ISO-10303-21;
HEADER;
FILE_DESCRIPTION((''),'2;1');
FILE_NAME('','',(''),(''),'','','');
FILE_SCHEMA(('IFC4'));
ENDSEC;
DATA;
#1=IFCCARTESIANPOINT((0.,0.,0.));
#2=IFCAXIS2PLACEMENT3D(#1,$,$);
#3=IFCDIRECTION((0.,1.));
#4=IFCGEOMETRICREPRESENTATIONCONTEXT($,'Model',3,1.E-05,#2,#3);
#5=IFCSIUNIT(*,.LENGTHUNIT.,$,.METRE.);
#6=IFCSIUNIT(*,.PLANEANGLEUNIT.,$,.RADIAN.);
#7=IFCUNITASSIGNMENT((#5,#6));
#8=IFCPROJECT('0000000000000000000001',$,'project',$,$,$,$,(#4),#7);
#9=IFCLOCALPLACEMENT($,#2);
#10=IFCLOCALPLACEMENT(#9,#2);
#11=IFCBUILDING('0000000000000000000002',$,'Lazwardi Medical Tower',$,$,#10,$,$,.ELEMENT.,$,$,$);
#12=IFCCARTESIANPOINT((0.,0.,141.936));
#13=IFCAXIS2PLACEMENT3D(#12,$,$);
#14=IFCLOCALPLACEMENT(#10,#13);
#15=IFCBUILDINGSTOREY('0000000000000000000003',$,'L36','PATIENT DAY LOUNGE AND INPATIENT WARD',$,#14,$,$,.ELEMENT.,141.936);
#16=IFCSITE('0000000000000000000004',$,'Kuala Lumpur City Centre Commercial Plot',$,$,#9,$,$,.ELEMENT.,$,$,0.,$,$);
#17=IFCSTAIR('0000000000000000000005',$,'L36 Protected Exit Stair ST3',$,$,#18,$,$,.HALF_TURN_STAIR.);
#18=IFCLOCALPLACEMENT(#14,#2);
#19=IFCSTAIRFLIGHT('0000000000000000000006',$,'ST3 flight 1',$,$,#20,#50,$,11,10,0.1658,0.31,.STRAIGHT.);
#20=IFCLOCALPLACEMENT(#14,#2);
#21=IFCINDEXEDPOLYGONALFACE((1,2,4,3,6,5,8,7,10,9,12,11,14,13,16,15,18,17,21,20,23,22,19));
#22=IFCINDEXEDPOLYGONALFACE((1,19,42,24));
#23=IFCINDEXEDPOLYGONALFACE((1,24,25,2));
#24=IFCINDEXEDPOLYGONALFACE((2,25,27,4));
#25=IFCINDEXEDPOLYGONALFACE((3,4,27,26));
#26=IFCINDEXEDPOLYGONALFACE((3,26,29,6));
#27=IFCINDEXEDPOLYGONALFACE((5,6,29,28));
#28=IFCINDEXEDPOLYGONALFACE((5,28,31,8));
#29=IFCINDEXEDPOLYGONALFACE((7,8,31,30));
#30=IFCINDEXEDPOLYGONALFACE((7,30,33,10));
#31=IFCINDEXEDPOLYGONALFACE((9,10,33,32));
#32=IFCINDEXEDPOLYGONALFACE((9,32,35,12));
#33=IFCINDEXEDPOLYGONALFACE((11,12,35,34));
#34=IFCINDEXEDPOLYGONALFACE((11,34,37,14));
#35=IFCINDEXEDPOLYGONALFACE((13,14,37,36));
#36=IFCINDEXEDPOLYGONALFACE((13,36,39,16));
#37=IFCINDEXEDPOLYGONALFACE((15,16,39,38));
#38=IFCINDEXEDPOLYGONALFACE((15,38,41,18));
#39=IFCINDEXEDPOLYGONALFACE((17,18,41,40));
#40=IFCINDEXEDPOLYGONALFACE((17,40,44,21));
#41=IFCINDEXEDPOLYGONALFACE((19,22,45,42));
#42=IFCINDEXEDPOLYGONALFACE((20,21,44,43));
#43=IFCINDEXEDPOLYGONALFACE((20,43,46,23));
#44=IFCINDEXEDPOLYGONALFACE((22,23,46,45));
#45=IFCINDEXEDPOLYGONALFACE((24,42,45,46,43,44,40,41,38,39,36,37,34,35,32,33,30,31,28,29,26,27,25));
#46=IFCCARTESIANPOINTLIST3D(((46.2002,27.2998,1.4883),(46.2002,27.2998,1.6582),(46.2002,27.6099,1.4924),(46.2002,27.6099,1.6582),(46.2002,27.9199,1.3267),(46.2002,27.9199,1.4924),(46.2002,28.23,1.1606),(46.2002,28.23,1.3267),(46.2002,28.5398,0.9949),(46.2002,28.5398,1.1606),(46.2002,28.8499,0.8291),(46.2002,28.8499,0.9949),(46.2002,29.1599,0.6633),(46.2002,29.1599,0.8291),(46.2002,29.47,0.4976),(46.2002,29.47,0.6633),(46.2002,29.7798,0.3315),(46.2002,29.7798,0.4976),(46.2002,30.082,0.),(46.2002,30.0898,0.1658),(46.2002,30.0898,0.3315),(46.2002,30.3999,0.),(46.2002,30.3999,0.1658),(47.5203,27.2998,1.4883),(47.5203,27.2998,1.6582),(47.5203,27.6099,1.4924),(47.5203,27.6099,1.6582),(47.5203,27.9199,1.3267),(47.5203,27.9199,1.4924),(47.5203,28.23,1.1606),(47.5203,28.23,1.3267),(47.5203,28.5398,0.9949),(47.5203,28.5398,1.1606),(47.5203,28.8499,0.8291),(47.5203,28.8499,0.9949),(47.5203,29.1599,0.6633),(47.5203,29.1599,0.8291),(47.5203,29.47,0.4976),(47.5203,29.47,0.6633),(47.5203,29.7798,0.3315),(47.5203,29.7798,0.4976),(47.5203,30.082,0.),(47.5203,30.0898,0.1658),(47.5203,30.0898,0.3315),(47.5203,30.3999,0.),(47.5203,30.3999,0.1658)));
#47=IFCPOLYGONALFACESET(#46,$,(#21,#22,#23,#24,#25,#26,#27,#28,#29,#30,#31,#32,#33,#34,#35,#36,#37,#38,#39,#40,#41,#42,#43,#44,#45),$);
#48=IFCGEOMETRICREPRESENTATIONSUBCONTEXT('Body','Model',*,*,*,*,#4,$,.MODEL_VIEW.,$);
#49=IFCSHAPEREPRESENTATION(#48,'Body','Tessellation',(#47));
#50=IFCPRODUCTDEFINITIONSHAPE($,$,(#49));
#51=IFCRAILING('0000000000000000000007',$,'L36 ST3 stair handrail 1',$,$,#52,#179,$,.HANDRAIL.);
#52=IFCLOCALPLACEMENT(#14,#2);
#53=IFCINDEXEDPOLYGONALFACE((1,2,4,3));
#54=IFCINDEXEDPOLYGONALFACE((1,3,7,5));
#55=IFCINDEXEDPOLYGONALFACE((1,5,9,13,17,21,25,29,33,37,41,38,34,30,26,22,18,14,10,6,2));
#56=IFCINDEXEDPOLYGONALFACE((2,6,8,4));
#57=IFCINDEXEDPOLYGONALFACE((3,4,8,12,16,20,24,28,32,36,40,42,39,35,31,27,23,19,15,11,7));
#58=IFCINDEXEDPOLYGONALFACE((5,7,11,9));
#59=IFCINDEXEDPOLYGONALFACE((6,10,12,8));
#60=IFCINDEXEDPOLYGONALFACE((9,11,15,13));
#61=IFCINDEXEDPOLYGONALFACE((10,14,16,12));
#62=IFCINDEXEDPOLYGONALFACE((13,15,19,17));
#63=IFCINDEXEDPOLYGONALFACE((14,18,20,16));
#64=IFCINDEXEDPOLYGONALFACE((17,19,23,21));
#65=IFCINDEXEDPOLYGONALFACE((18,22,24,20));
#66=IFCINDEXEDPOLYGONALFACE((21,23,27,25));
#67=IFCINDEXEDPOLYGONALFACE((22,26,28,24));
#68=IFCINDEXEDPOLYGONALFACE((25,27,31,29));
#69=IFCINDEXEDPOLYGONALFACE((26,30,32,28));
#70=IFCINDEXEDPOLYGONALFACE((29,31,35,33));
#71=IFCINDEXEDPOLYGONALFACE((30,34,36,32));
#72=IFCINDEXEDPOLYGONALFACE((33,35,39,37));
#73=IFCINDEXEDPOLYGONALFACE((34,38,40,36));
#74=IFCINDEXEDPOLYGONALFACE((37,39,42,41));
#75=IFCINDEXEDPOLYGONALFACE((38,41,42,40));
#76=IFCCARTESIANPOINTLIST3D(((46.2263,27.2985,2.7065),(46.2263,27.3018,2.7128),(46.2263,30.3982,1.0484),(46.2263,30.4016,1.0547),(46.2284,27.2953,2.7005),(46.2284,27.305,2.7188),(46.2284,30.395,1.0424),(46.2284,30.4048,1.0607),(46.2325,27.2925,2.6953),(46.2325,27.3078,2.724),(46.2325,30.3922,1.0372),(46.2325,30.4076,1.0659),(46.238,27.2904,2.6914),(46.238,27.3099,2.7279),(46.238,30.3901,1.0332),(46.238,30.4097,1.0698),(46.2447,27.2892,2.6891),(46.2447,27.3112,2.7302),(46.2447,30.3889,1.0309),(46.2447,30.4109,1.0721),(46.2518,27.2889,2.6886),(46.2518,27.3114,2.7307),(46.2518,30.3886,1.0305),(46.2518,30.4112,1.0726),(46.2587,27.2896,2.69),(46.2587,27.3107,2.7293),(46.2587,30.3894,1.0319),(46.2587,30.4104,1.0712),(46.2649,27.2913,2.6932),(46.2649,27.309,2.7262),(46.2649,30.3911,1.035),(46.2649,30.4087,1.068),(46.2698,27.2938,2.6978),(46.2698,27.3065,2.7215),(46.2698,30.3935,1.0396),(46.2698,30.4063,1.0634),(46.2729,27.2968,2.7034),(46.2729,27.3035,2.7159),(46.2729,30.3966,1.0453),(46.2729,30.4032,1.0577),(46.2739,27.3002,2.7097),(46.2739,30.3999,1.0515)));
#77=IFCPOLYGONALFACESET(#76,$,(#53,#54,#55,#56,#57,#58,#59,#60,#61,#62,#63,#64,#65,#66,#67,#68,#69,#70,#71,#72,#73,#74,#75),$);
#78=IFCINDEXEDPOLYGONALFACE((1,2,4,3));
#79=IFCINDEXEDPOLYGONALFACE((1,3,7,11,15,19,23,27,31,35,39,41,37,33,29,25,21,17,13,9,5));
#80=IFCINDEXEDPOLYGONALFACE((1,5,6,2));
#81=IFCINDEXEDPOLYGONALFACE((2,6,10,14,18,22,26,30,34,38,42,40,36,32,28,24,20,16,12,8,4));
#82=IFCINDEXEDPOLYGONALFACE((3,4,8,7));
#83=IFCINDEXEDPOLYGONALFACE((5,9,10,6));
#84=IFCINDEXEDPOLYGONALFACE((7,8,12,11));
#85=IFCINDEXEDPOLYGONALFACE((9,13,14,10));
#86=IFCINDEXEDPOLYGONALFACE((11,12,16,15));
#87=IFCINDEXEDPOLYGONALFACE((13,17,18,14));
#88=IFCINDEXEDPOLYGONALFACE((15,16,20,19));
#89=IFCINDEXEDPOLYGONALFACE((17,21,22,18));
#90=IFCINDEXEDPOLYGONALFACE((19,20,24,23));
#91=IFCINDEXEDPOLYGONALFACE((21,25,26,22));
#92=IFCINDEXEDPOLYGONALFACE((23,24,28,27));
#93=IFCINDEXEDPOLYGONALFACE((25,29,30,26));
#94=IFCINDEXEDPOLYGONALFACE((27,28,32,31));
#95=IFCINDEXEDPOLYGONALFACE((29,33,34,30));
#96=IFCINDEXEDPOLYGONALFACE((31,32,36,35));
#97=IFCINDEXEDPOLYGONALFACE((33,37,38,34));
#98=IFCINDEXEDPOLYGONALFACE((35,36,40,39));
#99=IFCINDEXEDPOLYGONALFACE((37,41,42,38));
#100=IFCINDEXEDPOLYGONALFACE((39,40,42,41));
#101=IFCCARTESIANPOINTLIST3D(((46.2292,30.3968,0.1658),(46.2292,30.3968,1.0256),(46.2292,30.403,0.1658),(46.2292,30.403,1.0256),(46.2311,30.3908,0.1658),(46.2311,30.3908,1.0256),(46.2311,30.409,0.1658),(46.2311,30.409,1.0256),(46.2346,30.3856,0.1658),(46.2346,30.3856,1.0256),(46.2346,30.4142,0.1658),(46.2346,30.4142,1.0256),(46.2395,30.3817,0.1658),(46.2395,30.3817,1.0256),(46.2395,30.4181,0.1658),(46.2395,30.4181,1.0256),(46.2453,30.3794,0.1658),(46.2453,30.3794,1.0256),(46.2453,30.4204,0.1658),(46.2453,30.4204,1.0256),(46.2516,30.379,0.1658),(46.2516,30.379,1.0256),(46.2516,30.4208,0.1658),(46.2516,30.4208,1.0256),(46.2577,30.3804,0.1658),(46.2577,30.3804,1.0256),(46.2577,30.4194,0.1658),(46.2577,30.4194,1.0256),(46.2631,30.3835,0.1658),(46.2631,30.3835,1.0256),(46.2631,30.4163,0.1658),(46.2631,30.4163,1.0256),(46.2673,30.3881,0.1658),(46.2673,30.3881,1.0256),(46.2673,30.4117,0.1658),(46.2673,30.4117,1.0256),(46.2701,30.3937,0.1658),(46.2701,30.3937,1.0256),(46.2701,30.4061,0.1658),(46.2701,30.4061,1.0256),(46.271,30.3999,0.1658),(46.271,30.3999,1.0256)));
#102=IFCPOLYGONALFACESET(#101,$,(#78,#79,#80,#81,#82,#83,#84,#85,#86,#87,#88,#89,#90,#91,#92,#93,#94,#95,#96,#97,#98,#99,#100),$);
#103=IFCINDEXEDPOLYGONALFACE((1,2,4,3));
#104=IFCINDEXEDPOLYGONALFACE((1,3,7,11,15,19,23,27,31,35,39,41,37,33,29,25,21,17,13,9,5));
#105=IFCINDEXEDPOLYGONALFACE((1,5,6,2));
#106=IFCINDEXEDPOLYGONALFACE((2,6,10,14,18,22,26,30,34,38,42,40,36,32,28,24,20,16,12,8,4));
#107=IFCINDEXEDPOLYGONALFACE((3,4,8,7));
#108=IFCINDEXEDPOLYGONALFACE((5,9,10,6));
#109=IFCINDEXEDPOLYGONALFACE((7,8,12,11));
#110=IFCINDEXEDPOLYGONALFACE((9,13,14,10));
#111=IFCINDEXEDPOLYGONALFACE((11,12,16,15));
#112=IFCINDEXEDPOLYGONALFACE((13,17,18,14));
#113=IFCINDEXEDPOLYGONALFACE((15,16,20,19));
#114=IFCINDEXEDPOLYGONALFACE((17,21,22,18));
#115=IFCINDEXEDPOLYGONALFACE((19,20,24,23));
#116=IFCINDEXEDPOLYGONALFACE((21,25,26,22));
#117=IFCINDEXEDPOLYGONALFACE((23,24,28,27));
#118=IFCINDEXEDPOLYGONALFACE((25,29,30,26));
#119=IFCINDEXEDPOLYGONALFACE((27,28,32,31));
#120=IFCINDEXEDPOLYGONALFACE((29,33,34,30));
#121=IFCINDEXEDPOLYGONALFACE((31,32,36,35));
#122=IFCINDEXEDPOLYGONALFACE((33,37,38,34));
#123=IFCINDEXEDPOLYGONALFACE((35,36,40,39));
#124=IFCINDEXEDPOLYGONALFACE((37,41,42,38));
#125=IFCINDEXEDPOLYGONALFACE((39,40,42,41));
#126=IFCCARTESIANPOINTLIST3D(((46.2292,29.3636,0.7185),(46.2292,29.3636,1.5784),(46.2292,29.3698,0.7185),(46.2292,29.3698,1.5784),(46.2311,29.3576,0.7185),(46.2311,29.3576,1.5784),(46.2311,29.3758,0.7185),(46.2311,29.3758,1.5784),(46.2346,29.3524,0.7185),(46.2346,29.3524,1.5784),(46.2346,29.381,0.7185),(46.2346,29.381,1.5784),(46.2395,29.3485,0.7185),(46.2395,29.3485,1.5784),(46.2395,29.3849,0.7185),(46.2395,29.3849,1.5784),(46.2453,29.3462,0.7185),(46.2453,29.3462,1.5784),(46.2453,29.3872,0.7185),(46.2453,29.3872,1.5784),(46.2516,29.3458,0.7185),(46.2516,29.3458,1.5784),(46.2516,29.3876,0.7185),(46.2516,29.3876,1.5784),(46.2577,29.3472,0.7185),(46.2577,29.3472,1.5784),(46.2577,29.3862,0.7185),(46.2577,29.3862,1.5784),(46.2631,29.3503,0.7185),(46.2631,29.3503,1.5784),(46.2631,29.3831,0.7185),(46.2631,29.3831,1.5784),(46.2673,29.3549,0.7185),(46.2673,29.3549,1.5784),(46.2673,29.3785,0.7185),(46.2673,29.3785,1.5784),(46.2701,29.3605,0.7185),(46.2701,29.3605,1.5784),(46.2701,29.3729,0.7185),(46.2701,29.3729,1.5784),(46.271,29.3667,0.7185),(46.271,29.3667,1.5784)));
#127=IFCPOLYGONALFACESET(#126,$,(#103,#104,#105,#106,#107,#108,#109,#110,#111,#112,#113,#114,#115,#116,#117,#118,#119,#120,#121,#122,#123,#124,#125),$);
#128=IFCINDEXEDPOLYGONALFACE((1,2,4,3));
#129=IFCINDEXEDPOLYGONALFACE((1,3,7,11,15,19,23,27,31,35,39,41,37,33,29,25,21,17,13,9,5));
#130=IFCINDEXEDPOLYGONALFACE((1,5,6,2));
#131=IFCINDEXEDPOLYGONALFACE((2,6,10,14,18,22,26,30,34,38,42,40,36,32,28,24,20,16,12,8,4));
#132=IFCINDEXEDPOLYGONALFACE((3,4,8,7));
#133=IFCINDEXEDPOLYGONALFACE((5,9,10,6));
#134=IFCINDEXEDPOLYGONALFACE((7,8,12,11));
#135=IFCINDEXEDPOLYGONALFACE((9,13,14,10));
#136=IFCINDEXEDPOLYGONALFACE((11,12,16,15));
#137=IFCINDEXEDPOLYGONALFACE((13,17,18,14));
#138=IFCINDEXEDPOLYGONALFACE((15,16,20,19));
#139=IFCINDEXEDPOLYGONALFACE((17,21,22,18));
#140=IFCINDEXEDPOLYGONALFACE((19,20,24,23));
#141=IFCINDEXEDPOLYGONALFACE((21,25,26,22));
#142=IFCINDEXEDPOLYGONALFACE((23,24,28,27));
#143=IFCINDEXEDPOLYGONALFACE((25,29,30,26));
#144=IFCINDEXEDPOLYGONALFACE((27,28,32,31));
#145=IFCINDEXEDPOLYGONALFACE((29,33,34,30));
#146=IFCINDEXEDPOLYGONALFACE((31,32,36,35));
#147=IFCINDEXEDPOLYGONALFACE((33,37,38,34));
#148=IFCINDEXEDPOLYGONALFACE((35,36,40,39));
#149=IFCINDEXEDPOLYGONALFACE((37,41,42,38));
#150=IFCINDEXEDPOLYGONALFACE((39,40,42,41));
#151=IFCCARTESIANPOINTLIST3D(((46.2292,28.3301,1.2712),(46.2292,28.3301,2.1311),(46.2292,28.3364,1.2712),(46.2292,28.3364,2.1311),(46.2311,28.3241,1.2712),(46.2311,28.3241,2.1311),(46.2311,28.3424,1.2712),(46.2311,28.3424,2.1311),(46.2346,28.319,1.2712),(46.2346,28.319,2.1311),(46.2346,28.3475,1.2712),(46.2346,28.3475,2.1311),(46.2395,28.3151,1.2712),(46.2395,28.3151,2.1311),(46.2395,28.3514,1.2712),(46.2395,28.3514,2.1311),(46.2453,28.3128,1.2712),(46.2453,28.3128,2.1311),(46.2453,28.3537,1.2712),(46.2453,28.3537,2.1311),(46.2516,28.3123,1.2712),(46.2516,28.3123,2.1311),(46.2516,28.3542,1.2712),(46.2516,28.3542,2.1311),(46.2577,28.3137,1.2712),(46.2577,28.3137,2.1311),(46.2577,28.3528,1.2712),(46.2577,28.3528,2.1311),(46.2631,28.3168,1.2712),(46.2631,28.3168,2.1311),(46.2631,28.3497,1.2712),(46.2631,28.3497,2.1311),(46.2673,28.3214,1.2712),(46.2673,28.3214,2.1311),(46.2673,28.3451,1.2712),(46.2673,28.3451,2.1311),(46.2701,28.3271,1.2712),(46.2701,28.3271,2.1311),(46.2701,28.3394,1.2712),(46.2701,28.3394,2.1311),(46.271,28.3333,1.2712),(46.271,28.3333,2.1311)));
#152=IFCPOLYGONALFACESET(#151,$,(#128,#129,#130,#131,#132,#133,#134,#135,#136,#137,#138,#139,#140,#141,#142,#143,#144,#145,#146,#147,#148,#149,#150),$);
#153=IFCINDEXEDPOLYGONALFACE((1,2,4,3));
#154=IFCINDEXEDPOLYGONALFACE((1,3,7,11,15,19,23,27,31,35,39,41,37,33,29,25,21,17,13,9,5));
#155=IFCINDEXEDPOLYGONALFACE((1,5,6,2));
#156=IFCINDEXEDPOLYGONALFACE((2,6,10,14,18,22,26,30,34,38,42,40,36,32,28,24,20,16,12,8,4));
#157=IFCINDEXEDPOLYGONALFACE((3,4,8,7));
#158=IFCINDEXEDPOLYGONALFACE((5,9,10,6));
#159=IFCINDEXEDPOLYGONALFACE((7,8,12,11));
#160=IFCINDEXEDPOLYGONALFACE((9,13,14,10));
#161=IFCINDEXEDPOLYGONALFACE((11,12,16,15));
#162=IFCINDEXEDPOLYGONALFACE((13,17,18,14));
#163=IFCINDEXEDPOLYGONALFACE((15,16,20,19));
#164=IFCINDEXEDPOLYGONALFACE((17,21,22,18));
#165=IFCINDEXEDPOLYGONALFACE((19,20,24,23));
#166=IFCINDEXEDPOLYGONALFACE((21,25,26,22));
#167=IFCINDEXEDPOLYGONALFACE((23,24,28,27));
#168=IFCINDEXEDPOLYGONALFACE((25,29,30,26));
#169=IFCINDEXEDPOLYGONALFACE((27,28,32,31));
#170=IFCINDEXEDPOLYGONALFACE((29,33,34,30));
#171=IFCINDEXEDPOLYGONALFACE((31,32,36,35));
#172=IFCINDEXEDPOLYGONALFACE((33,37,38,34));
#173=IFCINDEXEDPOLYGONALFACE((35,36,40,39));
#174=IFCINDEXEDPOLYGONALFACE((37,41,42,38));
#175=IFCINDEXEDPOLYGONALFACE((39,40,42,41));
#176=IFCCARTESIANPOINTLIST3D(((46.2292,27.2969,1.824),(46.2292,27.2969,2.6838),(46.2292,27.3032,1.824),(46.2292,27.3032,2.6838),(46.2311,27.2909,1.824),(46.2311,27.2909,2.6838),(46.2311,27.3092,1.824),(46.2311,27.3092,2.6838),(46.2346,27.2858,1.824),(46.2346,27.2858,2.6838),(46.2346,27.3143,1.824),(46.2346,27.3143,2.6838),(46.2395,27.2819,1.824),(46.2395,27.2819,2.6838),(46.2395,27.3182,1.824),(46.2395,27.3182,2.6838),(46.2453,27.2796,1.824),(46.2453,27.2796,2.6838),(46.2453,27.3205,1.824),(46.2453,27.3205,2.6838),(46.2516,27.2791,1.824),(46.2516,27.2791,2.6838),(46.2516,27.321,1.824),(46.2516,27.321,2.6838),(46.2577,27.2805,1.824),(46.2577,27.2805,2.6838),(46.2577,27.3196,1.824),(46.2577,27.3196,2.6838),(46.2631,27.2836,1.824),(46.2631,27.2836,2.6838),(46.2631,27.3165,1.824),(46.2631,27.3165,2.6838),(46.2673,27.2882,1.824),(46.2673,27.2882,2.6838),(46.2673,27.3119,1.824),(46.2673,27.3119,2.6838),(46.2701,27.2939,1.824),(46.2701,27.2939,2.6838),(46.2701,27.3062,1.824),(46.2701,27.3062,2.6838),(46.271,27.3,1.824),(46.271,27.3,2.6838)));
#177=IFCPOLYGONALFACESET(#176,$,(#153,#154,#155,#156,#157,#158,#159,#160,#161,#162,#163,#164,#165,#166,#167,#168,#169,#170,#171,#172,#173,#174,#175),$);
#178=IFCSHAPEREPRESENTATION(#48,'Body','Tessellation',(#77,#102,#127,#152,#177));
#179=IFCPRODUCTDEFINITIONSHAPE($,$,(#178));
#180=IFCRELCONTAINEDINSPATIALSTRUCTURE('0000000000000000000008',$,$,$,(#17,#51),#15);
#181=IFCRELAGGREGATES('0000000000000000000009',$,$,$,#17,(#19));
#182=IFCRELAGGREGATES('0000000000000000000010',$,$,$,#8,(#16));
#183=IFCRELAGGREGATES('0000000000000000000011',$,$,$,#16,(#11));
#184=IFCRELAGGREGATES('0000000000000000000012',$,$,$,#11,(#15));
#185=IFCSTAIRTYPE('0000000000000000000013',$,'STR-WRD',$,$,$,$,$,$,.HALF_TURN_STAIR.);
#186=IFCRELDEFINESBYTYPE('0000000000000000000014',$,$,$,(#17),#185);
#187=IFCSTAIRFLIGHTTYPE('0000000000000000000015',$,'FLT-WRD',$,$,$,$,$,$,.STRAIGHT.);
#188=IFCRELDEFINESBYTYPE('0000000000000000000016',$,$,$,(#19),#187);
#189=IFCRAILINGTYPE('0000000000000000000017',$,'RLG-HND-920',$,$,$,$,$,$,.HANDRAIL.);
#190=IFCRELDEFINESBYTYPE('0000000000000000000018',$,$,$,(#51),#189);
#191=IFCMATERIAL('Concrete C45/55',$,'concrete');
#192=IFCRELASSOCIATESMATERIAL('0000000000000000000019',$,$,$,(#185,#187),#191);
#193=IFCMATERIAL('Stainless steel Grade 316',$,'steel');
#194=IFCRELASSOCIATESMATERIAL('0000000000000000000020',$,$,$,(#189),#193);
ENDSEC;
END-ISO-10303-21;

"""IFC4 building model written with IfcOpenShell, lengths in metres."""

from ifc_helpers import new_model, si_unit, direction, frame, origin, origin_2d, place, context, subcontext, project, spatial, polyline, circle, outline, extrude, material, type_object, element, aggregate, save


model = new_model("IFC4")

# Units and contexts
model_context = context("Model", 3, precision=1e-05, world=origin(), true_north=direction((0.0, 1.0)))
body_context = subcontext(model_context, "Body", "Model", "MODEL_VIEW")
ifc_project = project(units=[si_unit("LENGTHUNIT", "METRE"), si_unit("PLANEANGLEUNIT", "RADIAN")], contexts=[model_context])

# Site, building, storey
site_placement = place(None, origin())
site = spatial("IfcSite", under=ifc_project, at=site_placement, Name="Kuala Lumpur City Centre Commercial Plot", CompositionType="ELEMENT", RefElevation=0.0)
building_placement = place(site_placement, origin())
building = spatial("IfcBuilding", under=site, at=building_placement, Name="Lazwardi Medical Tower", CompositionType="ELEMENT")
storey_placement = place(building_placement, frame((0.0, 0.0, 141.936)))
storey = spatial("IfcBuildingStorey", under=building, at=storey_placement, Name="L36", Description="PATIENT DAY LOUNGE AND INPATIENT WARD", CompositionType="ELEMENT", Elevation=141.936)

# Stair, stair flight
ifc_material_1 = material(Name="Concrete C45/55", Category="concrete")
stair_type = type_object("IfcStairType", Name="STR-WRD", PredefinedType="HALF_TURN_STAIR", material=ifc_material_1)
stair_placement = place(storey_placement, origin())
stair = element("IfcStair", 1, at=stair_placement, inside=storey, type_object=stair_type, Name="L36 Protected Exit Stair ST3", PredefinedType="HALF_TURN_STAIR")
stair_flight_type = type_object("IfcStairFlightType", Name="FLT-WRD", PredefinedType="STRAIGHT", material=ifc_material_1)
stair_flight_placement = place(storey_placement, frame((46.8601, 30.3999, 0.0), z_axis=(0.0, 0.0, 1.0), x_axis=(0.0, -1.0, 0.0)))
stair_flight = element("IfcStairFlight", 2, at=stair_flight_placement, type_object=stair_flight_type, Name="ST3 flight 1", NumberOfRisers=11, NumberOfTreads=10, PredefinedType="STRAIGHT", RiserHeight=0.1658, TreadLength=0.31, context=body_context, shape_type="SweptSolid", body=[
    extrude(outline(polyline([(0.0, 0.0), (0.0, 0.1658), (0.3101, 0.1658), (0.3101, 0.3315), (0.6201, 0.3315), (0.6201, 0.4976), (0.9299, 0.4976), (0.9299, 0.6633), (1.24, 0.6633), (1.24, 0.8291), (1.55, 0.8291), (1.55, 0.9949), (1.8601, 0.9949), (1.8601, 1.1606), (2.1699, 1.1606), (2.1699, 1.3267), (2.48, 1.3267), (2.48, 1.4924), (2.79, 1.4924), (2.79, 1.6582), (3.1001, 1.6582), (3.1001, 1.824), (3.1001, 1.4883), (0.3179, 0.0), (0.0, 0.0)])), frame((0.0, 0.6602, 0.0), z_axis=(0.0, -1.0, 0.0), x_axis=(1.0, 0.0, 0.0)), (0.0, 0.0, 1.0), 1.3201),
])
aggregate(stair, [stair_flight])

# Railing
ifc_material_2 = material(Name="Stainless steel Grade 316", Category="steel")
railing_type = type_object("IfcRailingType", Name="RLG-HND-920", PredefinedType="HANDRAIL", material=ifc_material_2)
railing_placement = place(storey_placement, frame((46.25, 30.3999, 0.1658)))
element("IfcRailing", 3, at=railing_placement, inside=storey, type_object=railing_type, Name="L36 ST3 stair handrail 1", PredefinedType="HANDRAIL", context=body_context, shape_type="SweptSolid", body=[
    extrude(circle(Radius=0.0239, at=origin_2d()), frame((0.0, 0.0, 0.8857), z_axis=(0.0, -0.881768, 0.471684), x_axis=(1.0, 0.0, 0.0)), (0.0, 0.0, 1.0), 3.5154),
    extrude(circle(Radius=0.021, at=origin_2d()), origin(), (0.0, 0.0, 1.0), 0.8599),
    extrude(circle(Radius=0.021, at=origin_2d()), frame((0.0, -1.0332, 0.5527)), (0.0, 0.0, 1.0), 0.8599),
    extrude(circle(Radius=0.021, at=origin_2d()), frame((0.0, -2.0667, 1.1055)), (0.0, 0.0, 1.0), 0.8599),
    extrude(circle(Radius=0.021, at=origin_2d()), frame((0.0, -3.0999, 1.6582)), (0.0, 0.0, 1.0), 0.8599),
])

save(model, "model.ifc")
